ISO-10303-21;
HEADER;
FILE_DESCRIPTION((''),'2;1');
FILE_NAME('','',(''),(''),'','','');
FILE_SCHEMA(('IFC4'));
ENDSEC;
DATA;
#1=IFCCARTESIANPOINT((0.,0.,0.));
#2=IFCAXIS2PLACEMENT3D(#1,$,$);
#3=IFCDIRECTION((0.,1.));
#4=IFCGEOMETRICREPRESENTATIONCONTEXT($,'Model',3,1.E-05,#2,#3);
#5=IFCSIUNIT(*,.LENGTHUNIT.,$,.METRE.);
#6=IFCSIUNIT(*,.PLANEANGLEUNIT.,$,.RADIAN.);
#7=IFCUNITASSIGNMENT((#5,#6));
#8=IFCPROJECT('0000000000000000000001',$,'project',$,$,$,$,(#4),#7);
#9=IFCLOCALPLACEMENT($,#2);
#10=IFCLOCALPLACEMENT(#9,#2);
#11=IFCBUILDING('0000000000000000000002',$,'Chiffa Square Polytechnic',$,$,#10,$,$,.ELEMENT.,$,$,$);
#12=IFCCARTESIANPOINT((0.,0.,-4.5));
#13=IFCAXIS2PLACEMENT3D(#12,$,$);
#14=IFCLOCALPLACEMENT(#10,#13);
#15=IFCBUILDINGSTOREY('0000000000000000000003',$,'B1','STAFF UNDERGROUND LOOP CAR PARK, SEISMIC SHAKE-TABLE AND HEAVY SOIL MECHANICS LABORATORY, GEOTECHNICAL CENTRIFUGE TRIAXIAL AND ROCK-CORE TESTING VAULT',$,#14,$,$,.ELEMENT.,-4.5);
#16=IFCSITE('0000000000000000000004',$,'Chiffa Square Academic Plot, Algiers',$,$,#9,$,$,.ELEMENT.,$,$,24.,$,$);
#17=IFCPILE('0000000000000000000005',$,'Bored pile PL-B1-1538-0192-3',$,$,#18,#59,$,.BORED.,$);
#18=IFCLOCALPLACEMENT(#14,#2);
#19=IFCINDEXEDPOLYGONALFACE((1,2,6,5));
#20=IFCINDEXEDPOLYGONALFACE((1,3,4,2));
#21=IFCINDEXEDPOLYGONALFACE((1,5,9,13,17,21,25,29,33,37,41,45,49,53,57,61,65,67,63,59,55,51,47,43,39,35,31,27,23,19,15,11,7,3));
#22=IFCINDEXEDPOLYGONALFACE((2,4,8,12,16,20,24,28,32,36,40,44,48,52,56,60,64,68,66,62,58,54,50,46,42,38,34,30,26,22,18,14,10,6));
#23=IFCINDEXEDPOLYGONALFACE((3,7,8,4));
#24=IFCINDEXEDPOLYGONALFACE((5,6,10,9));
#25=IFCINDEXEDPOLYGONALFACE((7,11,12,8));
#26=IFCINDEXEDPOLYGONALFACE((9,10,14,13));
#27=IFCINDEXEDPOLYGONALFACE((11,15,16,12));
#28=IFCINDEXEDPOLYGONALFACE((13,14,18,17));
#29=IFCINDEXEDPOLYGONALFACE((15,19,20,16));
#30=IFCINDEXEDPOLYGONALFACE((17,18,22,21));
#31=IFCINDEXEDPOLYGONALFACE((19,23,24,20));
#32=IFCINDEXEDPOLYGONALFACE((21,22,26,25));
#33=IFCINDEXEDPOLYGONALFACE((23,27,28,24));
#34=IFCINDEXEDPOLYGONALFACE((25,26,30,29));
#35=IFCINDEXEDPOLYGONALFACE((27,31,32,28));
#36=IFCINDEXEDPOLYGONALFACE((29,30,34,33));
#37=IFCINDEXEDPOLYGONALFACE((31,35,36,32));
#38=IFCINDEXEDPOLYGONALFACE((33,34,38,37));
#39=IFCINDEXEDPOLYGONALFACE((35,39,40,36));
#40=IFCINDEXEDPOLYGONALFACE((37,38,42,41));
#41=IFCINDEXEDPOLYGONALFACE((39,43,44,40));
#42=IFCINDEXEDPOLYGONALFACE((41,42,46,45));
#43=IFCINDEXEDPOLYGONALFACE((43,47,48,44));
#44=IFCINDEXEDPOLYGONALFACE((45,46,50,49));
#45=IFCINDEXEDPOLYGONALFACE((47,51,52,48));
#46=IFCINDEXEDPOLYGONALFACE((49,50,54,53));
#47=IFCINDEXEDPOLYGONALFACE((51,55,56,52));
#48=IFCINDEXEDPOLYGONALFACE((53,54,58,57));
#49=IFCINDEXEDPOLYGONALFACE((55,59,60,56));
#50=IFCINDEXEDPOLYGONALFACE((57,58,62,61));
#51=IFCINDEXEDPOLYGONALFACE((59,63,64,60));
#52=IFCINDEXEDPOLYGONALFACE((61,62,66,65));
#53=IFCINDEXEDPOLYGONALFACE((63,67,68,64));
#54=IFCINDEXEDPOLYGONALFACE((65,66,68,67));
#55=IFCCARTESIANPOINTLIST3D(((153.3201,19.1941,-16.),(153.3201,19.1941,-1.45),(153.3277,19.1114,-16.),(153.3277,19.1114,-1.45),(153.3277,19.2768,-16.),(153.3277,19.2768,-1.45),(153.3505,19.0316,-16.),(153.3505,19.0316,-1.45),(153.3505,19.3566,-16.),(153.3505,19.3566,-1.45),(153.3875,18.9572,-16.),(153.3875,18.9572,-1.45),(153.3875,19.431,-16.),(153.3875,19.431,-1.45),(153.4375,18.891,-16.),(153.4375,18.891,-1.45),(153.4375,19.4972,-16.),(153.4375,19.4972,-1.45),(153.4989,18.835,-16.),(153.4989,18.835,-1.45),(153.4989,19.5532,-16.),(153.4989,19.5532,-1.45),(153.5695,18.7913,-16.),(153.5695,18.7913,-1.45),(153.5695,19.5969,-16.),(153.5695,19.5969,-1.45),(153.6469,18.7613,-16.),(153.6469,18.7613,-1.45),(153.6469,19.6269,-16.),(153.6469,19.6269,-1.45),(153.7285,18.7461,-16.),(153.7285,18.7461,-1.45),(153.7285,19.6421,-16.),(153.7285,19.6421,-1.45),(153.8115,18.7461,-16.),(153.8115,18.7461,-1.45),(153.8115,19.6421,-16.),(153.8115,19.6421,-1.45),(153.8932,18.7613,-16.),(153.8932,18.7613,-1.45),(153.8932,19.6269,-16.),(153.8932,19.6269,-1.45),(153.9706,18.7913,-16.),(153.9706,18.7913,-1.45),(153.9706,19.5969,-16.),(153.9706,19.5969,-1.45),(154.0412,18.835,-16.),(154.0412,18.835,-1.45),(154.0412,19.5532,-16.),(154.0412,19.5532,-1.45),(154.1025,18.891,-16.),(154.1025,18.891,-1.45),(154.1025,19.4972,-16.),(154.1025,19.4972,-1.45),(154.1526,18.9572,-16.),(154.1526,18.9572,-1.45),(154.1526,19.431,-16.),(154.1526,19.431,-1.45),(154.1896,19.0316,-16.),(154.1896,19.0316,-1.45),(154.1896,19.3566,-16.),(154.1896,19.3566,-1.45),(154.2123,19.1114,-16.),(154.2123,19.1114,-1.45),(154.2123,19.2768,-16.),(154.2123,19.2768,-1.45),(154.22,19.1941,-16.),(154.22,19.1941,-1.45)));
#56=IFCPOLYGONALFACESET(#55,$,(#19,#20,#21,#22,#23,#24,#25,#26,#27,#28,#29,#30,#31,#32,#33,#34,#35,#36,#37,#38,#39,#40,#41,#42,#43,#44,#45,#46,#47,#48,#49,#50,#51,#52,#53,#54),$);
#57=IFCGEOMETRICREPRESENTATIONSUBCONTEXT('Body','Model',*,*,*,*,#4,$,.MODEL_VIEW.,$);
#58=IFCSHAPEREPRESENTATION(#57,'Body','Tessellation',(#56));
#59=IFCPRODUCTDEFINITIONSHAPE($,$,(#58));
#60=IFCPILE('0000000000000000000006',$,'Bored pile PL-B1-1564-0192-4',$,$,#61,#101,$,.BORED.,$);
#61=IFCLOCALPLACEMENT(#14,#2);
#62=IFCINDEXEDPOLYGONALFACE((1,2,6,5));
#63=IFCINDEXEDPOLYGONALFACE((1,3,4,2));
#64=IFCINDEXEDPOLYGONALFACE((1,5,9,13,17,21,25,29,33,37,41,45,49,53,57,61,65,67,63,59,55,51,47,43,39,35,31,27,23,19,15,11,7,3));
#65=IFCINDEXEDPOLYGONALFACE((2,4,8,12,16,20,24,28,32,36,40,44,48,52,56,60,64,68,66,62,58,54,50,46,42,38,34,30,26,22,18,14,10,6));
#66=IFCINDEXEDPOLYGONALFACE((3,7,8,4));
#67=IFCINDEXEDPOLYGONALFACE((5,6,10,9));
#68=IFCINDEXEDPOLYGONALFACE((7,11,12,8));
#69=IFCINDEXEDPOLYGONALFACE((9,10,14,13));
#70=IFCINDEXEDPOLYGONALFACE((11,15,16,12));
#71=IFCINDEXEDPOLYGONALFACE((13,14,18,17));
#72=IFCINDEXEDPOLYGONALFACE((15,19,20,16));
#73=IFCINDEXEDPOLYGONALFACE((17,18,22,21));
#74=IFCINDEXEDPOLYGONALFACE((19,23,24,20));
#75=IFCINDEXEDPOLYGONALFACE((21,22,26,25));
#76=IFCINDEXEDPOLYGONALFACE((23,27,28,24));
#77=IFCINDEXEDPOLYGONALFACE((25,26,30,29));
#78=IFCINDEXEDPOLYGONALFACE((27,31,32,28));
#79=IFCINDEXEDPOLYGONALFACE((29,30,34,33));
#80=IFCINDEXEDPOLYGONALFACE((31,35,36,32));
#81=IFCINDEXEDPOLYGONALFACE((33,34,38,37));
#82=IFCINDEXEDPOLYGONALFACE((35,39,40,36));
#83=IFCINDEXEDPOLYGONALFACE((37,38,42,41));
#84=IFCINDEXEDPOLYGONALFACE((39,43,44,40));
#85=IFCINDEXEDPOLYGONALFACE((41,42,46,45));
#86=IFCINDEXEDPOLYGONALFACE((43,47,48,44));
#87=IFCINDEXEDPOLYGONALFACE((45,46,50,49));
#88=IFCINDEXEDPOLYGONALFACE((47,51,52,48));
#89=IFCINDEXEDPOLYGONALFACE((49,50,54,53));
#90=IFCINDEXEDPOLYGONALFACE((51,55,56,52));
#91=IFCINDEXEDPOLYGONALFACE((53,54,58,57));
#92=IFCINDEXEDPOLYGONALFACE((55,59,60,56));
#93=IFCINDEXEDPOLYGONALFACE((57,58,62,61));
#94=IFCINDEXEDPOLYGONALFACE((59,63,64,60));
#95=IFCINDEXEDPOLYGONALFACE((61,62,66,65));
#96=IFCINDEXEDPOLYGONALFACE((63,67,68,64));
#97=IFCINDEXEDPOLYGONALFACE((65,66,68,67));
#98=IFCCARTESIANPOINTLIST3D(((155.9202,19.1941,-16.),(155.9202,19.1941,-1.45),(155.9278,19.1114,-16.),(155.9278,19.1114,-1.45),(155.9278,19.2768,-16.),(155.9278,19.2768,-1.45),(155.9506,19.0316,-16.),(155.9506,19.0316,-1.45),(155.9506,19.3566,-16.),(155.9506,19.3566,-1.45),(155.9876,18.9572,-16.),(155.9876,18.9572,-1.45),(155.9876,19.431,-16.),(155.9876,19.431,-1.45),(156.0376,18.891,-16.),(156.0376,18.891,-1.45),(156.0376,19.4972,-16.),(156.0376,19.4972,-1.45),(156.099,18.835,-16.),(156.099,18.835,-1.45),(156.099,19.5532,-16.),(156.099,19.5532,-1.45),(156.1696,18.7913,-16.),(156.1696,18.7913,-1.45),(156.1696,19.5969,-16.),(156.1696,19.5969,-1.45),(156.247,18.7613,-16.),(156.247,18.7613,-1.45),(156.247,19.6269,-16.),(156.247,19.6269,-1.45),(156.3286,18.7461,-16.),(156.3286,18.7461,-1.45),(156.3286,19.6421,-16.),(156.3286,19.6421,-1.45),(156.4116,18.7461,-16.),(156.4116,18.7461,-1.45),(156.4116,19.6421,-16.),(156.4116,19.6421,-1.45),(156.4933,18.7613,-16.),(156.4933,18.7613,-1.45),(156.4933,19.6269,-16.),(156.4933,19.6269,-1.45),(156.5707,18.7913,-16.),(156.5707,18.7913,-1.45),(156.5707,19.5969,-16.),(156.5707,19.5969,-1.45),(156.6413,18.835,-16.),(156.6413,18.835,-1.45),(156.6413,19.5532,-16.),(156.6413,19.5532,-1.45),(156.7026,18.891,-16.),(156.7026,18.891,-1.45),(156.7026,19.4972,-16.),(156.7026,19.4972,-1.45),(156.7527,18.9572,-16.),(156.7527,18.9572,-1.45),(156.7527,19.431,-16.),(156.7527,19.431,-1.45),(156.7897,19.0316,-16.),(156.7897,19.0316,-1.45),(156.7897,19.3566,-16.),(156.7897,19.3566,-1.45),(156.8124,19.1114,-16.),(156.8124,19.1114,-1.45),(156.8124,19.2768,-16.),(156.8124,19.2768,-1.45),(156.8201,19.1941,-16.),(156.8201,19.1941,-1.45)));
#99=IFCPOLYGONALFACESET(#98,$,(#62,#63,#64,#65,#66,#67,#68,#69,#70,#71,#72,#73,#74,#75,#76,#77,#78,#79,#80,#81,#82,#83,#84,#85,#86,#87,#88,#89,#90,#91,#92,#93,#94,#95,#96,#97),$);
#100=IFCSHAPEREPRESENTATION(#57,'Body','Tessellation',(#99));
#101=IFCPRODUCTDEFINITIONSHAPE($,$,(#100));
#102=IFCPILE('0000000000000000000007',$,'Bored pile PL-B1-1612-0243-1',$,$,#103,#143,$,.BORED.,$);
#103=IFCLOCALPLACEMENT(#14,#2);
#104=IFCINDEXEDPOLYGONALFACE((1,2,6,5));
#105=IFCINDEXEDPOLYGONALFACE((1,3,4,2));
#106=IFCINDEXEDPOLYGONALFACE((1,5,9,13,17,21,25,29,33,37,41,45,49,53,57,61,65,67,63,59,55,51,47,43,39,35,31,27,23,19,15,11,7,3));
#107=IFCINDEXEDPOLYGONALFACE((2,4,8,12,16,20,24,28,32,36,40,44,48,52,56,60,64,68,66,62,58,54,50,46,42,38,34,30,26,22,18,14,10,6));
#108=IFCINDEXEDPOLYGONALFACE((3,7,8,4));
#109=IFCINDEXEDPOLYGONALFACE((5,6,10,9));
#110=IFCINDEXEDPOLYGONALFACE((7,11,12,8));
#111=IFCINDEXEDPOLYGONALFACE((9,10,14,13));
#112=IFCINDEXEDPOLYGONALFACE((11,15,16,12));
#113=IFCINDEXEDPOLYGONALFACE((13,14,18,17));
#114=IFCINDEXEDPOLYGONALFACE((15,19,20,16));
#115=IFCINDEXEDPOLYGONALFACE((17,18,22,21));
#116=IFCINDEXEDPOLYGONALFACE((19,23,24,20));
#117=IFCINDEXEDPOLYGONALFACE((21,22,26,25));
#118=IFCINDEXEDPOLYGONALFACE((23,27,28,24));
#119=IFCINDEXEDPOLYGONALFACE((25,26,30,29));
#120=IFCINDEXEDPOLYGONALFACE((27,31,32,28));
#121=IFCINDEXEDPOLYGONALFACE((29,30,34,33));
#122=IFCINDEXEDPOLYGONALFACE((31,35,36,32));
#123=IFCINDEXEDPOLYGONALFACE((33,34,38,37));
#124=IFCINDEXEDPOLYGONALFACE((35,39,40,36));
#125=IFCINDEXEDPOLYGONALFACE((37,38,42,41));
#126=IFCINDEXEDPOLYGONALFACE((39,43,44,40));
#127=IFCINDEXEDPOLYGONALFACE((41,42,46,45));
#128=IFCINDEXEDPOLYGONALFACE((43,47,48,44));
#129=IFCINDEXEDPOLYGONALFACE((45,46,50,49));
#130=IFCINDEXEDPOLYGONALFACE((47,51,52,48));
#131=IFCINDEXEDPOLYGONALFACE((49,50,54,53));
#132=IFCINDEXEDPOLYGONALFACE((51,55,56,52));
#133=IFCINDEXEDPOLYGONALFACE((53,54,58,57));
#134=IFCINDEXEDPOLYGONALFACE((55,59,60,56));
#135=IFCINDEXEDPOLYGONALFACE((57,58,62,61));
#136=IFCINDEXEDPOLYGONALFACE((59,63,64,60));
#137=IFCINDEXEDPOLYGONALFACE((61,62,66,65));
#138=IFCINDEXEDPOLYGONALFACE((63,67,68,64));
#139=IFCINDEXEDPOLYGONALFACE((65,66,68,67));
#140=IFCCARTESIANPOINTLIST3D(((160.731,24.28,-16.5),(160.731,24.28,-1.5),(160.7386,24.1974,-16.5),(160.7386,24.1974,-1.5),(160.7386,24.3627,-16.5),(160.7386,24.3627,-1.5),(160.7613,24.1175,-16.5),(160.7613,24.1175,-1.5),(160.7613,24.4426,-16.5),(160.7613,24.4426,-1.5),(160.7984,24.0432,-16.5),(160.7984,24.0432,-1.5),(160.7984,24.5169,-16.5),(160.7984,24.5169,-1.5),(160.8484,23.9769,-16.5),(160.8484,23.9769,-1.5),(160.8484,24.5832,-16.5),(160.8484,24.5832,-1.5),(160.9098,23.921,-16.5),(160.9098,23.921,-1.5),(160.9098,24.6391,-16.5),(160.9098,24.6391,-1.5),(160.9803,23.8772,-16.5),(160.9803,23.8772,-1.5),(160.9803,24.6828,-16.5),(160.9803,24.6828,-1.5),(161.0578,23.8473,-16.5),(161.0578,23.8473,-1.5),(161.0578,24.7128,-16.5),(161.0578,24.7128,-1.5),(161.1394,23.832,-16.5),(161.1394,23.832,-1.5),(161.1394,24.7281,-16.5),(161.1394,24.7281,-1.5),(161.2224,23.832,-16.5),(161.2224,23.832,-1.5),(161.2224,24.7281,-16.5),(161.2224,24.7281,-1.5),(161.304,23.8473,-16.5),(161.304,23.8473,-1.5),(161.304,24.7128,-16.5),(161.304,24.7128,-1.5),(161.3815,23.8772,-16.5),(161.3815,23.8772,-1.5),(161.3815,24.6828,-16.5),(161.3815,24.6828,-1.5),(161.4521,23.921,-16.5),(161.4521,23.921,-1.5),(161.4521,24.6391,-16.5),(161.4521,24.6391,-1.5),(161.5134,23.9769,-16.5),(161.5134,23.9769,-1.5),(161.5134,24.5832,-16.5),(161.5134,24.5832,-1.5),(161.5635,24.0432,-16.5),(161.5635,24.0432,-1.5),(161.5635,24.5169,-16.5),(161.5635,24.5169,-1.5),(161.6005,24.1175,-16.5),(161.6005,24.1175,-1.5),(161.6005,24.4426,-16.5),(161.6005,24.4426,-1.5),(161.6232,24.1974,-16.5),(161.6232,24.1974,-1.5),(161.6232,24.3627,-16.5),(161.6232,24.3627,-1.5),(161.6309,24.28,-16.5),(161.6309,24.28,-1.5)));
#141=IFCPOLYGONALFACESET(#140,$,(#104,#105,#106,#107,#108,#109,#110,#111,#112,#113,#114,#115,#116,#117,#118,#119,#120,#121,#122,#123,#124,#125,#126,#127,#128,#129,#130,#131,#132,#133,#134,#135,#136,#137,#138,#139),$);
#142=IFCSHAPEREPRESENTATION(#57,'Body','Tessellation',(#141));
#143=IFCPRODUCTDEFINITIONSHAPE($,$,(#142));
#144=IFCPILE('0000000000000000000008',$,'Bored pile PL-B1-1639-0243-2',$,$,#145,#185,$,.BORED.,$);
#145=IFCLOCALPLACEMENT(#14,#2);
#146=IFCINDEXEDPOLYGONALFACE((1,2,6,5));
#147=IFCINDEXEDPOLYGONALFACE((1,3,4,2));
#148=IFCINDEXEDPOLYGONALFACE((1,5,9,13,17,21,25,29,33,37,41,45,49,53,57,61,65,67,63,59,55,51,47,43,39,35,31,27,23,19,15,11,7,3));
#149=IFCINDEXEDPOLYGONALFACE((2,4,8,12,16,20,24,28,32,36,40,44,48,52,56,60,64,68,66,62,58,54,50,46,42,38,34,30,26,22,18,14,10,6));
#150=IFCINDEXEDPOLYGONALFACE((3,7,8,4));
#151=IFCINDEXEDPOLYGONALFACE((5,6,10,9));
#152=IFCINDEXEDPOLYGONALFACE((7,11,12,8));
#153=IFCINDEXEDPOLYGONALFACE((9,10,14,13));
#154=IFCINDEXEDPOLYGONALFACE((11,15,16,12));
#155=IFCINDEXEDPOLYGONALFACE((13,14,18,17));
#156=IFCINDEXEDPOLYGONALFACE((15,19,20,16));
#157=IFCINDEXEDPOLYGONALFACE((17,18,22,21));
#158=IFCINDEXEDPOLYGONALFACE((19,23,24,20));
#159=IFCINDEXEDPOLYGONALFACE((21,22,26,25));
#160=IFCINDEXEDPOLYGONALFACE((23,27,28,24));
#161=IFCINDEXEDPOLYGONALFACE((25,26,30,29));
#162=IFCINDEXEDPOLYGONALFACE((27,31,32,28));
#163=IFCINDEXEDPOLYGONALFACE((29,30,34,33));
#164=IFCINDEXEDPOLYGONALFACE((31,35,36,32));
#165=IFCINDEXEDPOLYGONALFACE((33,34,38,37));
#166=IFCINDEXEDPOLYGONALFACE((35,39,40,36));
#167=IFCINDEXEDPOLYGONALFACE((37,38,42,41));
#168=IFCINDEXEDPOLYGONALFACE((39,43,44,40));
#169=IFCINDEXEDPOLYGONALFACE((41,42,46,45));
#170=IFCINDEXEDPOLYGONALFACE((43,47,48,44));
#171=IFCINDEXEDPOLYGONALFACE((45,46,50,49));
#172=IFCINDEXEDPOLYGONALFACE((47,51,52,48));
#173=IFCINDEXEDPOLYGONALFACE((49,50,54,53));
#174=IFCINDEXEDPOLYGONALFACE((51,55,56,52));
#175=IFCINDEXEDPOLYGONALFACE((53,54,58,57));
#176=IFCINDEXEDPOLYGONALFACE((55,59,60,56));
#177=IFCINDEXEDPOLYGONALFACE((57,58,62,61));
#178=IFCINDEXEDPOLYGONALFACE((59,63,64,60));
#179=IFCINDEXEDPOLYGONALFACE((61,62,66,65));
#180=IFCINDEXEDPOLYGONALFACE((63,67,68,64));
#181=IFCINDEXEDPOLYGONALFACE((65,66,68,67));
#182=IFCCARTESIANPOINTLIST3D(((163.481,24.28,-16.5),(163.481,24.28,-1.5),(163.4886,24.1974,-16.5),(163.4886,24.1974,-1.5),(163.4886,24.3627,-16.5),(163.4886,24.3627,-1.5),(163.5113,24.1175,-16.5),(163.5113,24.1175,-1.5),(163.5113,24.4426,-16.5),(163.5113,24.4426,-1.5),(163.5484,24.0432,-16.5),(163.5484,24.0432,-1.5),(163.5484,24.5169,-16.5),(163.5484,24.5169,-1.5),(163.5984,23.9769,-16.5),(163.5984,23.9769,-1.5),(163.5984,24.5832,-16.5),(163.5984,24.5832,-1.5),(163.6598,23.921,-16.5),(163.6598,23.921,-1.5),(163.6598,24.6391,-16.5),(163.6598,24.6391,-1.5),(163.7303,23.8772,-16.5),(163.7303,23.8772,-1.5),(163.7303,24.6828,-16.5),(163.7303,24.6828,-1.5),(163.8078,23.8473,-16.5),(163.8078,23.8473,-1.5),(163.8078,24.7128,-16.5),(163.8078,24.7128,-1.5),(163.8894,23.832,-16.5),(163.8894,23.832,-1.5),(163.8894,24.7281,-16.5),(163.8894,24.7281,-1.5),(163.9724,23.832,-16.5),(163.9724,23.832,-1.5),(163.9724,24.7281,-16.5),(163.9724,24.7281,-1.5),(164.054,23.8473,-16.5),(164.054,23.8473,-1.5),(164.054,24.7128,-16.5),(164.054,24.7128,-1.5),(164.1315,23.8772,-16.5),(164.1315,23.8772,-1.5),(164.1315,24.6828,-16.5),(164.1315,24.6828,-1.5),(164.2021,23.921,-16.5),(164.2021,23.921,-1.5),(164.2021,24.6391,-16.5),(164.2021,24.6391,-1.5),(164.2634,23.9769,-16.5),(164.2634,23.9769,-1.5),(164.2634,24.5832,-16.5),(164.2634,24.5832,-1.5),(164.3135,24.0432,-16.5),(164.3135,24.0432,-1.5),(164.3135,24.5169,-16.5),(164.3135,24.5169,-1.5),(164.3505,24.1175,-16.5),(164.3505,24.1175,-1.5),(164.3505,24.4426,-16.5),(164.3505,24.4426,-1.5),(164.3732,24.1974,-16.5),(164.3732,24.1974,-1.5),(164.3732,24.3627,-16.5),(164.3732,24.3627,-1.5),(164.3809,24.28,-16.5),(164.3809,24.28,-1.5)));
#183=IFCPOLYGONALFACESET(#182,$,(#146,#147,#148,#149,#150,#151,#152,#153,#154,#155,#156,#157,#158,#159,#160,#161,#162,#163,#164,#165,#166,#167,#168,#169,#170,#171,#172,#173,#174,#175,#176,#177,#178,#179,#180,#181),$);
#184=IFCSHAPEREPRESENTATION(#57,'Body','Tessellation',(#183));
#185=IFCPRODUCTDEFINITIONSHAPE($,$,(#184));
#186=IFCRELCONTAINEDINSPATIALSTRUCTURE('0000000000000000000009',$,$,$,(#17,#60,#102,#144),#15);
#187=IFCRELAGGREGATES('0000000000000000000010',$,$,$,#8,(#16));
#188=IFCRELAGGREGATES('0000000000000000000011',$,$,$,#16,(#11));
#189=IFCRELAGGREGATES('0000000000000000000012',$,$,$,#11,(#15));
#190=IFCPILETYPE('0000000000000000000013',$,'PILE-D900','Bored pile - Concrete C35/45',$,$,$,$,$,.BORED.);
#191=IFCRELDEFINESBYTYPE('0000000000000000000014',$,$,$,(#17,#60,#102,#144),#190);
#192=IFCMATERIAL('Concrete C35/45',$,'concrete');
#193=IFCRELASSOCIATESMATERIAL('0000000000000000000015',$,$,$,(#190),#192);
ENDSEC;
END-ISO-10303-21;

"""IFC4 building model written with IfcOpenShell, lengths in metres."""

from ifc_helpers import new_model, si_unit, direction, frame, origin, origin_2d, place, context, subcontext, project, spatial, circle, extrude, material, material_profile, profile_set, type_object, element, save


model = new_model("IFC4")

# Units and contexts
model_context = context("Model", 3, precision=1e-05, world=origin(), true_north=direction((0.0, 1.0)))
body_context = subcontext(model_context, "Body", "Model", "MODEL_VIEW")
ifc_project = project(units=[si_unit("LENGTHUNIT", "METRE"), si_unit("PLANEANGLEUNIT", "RADIAN")], contexts=[model_context])

# Site, building, storey
site_placement = place(None, origin())
site = spatial("IfcSite", under=ifc_project, at=site_placement, Name="Chiffa Square Academic Plot, Algiers", CompositionType="ELEMENT", RefElevation=24.0)
building_placement = place(site_placement, origin())
building = spatial("IfcBuilding", under=site, at=building_placement, Name="Chiffa Square Polytechnic", CompositionType="ELEMENT")
storey_placement = place(building_placement, frame((0.0, 0.0, -4.5)))
storey = spatial("IfcBuildingStorey", under=building, at=storey_placement, Name="B1", Description="STAFF UNDERGROUND LOOP CAR PARK, SEISMIC SHAKE-TABLE AND HEAVY SOIL MECHANICS LABORATORY, GEOTECHNICAL CENTRIFUGE TRIAXIAL AND ROCK-CORE TESTING VAULT", CompositionType="ELEMENT", Elevation=-4.5)

# Shared definitions
ifc_material_1 = material(Name="Concrete C35/45", Category="concrete")

# Piles
ifc_material_profile_1 = material_profile(ifc_material_1, circle(Radius=0.45, at=origin_2d()), Name="PILE D900")
ifc_profile_set_1 = profile_set([ifc_material_profile_1], Name="Concrete C35/45")
pile_type_1 = type_object("IfcPileType", Name="PILE-D900", Description="Bored pile - Concrete C35/45", PredefinedType="BORED", material=ifc_profile_set_1)
for number, where, z_axis, x_axis, name in (
    (1, (153.77, 19.1941, -1.45), (0.0, 0.0, -1.0), (1.0, 0.0, 0.0), "Bored pile PL-B1-1538-0192-3"),
    (2, (156.3701, 19.1941, -1.45), (0.0, 0.0, -1.0), (1.0, 0.0, 0.0), "Bored pile PL-B1-1564-0192-4"),
):
    element("IfcPile", number, at=place(storey_placement, frame(where, z_axis=z_axis, x_axis=x_axis)), inside=storey, type_object=pile_type_1, Name=name, PredefinedType="BORED", context=body_context, shape_type="SweptSolid", body=[
        extrude(circle(Radius=0.45, at=origin_2d()), origin(), (0.0, 0.0, 1.0), 14.55),
    ])
for number, where, z_axis, x_axis, name in (
    (3, (161.1809, 24.28, -1.5), (0.0, 0.0, -1.0), (1.0, 0.0, 0.0), "Bored pile PL-B1-1612-0243-1"),
    (4, (163.9309, 24.28, -1.5), (0.0, 0.0, -1.0), (1.0, 0.0, 0.0), "Bored pile PL-B1-1639-0243-2"),
):
    element("IfcPile", number, at=place(storey_placement, frame(where, z_axis=z_axis, x_axis=x_axis)), inside=storey, type_object=pile_type_1, Name=name, PredefinedType="BORED", context=body_context, shape_type="SweptSolid", body=[
        extrude(circle(Radius=0.45, at=origin_2d()), origin(), (0.0, 0.0, 1.0), 15.0),
    ])

save(model, "model.ifc")
